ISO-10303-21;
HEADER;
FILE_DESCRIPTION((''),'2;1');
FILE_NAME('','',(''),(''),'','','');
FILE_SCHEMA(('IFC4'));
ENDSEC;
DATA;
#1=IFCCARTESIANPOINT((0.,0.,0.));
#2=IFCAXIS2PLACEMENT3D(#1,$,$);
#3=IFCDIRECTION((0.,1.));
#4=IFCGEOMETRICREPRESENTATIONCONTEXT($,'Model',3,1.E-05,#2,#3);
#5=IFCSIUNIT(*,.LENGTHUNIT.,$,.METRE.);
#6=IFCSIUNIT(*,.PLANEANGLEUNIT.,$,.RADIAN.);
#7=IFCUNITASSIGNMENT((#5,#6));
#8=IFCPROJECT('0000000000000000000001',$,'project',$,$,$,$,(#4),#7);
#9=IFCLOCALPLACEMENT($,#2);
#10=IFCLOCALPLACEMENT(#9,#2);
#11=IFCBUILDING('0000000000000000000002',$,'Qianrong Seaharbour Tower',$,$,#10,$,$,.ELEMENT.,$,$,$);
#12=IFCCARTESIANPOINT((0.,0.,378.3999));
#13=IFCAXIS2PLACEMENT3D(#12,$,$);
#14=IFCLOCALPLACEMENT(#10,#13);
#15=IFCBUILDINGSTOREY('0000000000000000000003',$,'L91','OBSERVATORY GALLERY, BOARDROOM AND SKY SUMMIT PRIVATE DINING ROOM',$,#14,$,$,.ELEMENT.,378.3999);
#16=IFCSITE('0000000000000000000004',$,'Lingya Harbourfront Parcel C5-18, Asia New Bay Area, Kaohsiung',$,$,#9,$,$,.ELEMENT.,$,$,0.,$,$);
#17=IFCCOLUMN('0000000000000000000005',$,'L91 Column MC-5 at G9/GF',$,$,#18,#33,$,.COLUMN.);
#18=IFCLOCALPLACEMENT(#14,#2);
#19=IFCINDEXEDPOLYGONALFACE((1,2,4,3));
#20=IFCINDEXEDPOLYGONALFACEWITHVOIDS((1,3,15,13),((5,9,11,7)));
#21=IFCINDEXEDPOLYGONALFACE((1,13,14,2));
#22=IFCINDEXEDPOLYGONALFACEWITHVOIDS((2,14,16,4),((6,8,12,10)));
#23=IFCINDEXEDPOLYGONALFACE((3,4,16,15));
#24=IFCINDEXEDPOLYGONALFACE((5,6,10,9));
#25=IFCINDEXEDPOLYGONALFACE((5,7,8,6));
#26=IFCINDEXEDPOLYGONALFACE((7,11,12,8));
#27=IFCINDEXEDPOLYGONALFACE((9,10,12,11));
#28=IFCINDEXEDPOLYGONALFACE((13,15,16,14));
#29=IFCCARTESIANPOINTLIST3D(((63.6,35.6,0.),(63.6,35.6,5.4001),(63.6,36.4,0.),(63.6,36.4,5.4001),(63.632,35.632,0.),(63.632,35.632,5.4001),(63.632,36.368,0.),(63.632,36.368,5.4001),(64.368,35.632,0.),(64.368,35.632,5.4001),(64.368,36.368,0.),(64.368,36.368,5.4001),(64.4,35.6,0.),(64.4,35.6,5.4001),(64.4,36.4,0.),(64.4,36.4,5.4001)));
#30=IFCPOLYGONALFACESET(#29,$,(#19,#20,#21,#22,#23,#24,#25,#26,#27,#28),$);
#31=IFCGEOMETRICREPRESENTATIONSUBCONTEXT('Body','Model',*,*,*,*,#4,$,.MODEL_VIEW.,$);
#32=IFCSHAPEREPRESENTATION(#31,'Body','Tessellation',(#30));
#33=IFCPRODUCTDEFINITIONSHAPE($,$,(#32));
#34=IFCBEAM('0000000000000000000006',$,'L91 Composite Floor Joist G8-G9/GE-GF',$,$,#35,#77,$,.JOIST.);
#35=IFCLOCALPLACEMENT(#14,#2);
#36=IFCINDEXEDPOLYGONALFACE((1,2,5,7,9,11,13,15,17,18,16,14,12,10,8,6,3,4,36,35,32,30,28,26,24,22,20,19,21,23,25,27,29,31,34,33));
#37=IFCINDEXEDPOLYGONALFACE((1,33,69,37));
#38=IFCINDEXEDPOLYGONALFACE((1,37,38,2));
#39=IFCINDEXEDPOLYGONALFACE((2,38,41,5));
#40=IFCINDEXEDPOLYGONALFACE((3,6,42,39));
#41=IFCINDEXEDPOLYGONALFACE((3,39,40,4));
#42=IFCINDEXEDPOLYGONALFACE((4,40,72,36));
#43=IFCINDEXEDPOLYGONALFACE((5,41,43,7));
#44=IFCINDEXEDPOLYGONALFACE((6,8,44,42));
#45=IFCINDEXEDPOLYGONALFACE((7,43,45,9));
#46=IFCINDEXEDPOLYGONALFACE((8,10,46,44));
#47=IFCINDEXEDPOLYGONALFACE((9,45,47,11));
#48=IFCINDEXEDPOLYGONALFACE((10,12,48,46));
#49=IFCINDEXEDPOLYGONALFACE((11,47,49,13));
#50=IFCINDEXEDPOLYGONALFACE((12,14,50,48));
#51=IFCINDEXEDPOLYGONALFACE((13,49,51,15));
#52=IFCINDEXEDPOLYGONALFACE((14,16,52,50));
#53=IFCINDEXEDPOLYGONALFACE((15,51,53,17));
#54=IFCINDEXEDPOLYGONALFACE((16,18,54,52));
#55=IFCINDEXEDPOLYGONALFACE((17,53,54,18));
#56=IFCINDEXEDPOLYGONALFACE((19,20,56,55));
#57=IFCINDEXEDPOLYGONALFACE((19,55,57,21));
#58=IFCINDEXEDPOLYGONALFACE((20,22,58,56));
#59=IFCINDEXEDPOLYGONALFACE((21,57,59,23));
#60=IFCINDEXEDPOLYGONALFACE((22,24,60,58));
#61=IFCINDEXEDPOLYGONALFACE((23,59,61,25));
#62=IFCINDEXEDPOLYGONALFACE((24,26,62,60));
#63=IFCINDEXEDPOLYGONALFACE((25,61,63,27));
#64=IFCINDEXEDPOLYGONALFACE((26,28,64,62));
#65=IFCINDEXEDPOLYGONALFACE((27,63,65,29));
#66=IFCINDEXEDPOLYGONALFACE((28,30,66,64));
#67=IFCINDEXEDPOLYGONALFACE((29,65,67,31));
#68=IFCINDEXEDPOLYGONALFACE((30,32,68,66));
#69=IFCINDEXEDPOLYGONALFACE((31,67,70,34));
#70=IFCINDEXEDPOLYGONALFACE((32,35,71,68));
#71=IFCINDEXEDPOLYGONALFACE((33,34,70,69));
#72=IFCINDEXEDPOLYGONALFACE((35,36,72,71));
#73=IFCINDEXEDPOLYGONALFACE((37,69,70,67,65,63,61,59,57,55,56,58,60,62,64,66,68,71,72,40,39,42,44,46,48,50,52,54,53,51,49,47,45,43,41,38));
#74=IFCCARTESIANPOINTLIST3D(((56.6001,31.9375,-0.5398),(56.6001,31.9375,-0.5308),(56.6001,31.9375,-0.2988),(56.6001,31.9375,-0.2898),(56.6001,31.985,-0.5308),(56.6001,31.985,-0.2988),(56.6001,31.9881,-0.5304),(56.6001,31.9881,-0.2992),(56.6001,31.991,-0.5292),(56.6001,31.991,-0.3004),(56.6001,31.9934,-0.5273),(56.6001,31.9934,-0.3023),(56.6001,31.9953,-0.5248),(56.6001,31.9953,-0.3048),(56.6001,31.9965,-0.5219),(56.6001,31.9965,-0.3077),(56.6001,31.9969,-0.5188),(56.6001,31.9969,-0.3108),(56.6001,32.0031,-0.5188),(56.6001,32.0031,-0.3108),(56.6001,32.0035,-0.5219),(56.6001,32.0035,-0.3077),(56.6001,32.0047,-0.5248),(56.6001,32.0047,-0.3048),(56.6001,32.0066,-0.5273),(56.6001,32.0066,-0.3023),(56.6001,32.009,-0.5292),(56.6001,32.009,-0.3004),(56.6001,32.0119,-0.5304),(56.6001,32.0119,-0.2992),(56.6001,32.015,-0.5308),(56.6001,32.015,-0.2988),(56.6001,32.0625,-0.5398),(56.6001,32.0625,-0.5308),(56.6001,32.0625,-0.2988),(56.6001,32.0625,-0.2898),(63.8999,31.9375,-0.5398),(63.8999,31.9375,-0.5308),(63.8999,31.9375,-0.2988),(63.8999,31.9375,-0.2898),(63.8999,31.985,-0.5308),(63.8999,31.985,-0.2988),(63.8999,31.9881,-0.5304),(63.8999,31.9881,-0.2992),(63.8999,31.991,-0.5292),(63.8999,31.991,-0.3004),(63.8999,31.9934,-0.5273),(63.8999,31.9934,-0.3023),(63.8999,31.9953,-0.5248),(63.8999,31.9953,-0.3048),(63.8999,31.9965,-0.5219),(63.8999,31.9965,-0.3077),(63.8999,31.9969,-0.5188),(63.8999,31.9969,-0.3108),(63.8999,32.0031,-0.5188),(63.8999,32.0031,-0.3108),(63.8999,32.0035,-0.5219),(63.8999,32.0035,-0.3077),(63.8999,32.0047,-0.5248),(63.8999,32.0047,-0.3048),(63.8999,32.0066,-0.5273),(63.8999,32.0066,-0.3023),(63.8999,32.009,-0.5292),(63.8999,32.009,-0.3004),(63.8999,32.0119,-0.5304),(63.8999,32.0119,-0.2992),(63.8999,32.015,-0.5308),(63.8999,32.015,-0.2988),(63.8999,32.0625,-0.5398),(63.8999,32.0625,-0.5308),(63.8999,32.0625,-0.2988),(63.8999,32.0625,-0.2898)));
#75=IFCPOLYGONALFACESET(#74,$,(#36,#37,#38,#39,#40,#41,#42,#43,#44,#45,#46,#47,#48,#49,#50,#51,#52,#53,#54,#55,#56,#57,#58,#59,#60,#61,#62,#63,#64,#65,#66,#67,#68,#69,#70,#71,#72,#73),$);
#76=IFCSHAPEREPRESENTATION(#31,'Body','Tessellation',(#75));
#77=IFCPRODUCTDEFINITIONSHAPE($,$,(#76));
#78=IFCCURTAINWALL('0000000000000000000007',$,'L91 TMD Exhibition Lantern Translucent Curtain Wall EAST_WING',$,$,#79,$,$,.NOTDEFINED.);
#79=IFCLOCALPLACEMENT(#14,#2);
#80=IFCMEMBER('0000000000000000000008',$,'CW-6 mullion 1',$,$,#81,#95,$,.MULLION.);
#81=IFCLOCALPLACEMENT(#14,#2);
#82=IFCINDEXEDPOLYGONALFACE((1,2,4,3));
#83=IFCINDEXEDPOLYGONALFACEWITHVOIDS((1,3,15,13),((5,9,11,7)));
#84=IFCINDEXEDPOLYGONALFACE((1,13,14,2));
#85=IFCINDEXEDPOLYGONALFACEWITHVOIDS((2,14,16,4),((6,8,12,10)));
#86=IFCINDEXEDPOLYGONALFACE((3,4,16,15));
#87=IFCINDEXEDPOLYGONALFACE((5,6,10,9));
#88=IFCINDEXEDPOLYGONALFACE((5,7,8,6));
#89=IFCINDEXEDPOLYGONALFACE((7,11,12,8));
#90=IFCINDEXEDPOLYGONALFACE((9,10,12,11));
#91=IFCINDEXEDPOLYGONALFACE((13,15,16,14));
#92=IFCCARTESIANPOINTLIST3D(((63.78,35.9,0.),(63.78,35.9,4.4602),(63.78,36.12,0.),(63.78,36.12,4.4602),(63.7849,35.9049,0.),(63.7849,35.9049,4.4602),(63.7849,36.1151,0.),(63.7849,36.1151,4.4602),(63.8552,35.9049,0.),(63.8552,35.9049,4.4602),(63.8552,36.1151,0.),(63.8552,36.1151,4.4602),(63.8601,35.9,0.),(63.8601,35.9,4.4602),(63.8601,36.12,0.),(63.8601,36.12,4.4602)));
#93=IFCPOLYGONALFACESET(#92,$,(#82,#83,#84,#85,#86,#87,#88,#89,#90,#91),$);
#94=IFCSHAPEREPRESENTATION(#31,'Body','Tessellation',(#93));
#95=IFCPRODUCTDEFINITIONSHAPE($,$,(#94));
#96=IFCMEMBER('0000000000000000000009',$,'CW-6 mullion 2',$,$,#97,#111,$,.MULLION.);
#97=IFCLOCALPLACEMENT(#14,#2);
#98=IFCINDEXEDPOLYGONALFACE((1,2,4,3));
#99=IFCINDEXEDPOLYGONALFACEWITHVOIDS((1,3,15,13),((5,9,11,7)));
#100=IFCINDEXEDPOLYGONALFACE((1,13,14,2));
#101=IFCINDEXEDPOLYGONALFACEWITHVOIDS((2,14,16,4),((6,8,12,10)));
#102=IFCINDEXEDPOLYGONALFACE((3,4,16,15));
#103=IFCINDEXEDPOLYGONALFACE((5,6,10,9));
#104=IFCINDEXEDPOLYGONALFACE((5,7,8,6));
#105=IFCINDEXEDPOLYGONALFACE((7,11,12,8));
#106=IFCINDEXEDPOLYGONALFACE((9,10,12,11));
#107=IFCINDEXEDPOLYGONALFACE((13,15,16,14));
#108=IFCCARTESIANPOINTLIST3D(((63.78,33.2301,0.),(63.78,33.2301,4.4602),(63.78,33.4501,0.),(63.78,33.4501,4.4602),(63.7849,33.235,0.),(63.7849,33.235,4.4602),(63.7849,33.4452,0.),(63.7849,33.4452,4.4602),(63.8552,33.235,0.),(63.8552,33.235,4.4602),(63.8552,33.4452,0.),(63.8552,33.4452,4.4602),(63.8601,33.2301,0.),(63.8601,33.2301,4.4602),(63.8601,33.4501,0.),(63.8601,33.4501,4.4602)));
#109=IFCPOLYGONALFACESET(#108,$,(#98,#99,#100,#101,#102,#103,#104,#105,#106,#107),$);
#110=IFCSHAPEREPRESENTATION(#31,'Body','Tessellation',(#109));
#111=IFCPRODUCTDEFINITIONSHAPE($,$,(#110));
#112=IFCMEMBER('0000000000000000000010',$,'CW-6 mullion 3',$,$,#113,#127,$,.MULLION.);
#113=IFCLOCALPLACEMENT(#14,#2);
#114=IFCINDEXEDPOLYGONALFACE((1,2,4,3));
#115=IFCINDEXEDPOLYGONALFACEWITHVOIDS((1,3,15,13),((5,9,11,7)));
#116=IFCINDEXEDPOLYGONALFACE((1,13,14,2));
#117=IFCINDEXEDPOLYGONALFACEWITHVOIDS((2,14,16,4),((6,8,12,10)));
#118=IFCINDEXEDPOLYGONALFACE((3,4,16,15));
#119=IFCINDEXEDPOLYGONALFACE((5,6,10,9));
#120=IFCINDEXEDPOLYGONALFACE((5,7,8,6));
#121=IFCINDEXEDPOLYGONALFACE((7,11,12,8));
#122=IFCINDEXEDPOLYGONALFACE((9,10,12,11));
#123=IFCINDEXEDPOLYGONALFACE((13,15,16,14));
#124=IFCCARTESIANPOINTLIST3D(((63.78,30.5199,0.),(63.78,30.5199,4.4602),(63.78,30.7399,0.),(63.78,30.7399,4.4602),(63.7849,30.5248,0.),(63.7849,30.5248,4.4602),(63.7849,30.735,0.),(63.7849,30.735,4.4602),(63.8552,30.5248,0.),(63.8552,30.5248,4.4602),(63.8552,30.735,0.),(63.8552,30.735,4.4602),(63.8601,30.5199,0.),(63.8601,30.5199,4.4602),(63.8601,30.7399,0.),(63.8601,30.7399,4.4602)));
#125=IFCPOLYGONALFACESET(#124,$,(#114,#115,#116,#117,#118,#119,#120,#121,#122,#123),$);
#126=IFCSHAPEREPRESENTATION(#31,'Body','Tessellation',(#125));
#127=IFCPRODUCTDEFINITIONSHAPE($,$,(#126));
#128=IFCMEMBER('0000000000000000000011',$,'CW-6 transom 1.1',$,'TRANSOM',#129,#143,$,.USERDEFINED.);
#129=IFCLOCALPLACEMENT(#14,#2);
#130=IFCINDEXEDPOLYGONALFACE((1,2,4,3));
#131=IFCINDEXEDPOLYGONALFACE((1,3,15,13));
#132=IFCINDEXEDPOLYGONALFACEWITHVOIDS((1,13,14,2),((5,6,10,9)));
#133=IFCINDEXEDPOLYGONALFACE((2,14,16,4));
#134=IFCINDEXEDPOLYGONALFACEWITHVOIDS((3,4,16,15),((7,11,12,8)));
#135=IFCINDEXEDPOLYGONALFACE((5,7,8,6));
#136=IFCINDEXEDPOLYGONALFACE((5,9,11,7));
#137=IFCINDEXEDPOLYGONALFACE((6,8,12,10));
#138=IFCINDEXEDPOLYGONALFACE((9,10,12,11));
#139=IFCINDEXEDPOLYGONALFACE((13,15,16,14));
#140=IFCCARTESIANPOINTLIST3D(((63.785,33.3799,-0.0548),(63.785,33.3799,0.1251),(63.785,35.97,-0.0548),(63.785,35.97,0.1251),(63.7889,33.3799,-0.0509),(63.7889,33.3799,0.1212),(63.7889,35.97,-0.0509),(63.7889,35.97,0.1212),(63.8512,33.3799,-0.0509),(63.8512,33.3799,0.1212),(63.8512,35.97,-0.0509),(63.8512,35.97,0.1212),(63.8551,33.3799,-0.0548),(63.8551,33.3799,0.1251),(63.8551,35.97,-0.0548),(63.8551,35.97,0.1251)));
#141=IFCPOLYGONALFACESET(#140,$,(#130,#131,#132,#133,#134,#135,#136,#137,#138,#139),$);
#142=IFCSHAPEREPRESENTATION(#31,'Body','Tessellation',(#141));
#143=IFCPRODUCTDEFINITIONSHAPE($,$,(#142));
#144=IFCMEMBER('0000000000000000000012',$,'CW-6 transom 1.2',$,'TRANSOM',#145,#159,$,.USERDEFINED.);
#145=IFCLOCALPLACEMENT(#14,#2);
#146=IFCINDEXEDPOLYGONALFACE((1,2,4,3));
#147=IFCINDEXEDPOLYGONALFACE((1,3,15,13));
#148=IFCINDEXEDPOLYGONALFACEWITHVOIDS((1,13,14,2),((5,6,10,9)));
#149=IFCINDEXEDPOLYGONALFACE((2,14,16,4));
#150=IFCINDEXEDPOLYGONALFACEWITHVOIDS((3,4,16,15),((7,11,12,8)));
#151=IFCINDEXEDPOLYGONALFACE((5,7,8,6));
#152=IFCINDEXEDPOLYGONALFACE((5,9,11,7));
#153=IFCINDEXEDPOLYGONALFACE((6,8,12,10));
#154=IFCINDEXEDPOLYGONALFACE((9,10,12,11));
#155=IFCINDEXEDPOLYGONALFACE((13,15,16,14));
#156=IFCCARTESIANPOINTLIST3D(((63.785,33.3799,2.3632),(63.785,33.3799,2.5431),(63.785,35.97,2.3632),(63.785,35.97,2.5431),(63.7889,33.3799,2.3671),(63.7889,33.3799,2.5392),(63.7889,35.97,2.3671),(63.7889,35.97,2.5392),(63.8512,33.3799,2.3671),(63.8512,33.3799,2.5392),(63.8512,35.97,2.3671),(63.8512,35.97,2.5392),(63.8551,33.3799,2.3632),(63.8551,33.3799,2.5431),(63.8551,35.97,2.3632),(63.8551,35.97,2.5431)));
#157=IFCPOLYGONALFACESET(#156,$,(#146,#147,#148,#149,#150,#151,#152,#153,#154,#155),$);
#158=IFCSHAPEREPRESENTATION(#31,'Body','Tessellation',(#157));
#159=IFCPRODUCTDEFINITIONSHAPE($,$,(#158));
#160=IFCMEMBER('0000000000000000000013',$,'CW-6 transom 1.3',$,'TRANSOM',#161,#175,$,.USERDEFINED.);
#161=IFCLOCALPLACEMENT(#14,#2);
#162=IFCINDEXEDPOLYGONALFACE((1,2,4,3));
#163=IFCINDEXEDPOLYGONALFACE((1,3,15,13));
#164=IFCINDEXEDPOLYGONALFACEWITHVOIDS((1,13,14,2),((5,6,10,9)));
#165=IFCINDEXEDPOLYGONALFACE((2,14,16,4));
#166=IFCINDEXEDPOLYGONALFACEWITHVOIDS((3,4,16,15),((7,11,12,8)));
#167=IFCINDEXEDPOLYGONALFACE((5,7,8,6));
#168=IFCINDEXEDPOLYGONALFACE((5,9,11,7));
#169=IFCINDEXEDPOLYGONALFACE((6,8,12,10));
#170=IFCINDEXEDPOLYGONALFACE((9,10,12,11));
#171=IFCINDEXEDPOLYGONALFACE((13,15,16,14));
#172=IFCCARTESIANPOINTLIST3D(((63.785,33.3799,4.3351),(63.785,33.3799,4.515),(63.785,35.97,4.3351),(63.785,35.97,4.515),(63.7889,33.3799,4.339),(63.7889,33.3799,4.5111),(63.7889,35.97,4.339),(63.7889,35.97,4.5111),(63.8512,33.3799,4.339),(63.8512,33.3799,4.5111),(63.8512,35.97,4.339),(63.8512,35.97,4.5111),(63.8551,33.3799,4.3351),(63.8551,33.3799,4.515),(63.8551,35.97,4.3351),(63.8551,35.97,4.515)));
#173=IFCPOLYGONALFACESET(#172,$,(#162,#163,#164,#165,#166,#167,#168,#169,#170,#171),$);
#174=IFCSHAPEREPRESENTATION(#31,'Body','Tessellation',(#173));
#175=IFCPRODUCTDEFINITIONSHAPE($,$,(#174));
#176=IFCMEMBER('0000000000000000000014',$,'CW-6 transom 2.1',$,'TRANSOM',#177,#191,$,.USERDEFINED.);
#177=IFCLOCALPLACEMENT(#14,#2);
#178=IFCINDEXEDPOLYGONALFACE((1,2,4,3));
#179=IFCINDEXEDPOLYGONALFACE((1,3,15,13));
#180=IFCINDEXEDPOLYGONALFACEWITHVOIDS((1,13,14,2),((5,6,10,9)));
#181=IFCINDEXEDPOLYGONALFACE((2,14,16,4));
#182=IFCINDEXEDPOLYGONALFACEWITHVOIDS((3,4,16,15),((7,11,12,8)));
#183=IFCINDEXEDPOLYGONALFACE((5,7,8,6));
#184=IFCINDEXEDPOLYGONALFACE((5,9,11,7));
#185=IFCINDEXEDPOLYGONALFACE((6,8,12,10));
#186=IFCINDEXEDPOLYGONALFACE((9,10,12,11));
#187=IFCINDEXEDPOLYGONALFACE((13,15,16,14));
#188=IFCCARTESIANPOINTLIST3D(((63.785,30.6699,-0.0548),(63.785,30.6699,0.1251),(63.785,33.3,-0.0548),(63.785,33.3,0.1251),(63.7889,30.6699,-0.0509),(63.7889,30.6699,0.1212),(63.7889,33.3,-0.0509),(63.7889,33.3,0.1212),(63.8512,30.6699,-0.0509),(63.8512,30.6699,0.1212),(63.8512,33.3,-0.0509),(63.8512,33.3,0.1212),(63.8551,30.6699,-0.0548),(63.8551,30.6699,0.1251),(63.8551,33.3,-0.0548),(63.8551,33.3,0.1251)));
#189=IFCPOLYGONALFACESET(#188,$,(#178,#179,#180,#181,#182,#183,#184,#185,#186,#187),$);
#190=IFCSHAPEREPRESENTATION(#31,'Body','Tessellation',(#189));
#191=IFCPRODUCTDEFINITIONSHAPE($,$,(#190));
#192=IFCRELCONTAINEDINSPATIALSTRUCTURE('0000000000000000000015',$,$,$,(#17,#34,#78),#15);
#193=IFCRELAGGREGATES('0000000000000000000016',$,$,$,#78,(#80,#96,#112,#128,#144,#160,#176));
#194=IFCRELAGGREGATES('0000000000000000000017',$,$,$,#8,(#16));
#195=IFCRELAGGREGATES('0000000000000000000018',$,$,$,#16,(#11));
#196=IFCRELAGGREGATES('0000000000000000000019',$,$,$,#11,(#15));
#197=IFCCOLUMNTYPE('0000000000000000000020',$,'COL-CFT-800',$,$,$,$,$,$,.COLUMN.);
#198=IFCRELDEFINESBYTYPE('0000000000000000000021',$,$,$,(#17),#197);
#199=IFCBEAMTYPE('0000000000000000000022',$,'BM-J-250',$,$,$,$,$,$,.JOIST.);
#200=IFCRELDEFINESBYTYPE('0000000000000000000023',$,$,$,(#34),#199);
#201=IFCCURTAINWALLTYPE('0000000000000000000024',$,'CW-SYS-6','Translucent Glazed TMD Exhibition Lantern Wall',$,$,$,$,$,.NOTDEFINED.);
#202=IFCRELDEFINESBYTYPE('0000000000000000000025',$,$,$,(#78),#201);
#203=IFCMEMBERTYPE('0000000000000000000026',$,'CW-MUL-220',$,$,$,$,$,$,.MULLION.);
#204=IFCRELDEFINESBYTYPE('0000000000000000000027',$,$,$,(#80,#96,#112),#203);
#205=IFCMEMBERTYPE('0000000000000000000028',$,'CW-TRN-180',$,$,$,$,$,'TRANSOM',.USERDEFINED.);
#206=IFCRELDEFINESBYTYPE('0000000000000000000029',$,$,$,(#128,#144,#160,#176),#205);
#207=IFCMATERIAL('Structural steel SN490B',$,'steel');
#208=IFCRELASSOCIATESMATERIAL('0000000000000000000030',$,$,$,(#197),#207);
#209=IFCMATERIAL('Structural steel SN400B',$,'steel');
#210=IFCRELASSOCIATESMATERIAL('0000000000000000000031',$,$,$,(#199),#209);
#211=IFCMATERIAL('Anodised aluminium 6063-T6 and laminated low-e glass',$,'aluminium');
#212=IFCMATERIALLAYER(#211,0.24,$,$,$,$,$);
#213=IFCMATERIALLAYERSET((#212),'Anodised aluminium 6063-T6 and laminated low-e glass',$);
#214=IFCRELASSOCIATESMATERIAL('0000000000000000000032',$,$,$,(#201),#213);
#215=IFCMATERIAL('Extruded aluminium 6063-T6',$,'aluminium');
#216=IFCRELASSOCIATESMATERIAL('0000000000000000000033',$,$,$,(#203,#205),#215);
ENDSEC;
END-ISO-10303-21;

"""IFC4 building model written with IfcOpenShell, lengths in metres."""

from ifc_helpers import new_model, si_unit, direction, frame, origin, origin_2d, place, context, subcontext, project, spatial, hollow_rectangle, i_section, extrude, material, layer, layer_set, material_profile, profile_set, type_object, element, aggregate, save


model = new_model("IFC4")

# Units and contexts
model_context = context("Model", 3, precision=1e-05, world=origin(), true_north=direction((0.0, 1.0)))
body_context = subcontext(model_context, "Body", "Model", "MODEL_VIEW")
ifc_project = project(units=[si_unit("LENGTHUNIT", "METRE"), si_unit("PLANEANGLEUNIT", "RADIAN")], contexts=[model_context])

# Site, building, storey
site_placement = place(None, origin())
site = spatial("IfcSite", under=ifc_project, at=site_placement, Name="Lingya Harbourfront Parcel C5-18, Asia New Bay Area, Kaohsiung", CompositionType="ELEMENT", RefElevation=0.0)
building_placement = place(site_placement, origin())
building = spatial("IfcBuilding", under=site, at=building_placement, Name="Qianrong Seaharbour Tower", CompositionType="ELEMENT")
storey_placement = place(building_placement, frame((0.0, 0.0, 378.3999)))
storey = spatial("IfcBuildingStorey", under=building, at=storey_placement, Name="L91", Description="OBSERVATORY GALLERY, BOARDROOM AND SKY SUMMIT PRIVATE DINING ROOM", CompositionType="ELEMENT", Elevation=378.3999)

# Column
ifc_material_1 = material(Name="Structural steel SN490B", Category="steel")
ifc_material_profile_1 = material_profile(ifc_material_1, hollow_rectangle(XDim=0.8, YDim=0.8, WallThickness=0.032, at=origin_2d()), Name="BOX800x800x32")
ifc_profile_set_1 = profile_set([ifc_material_profile_1], Name="Structural steel SN490B")
column_type = type_object("IfcColumnType", Name="COL-CFT-800", PredefinedType="COLUMN", material=ifc_profile_set_1)
column_placement = place(storey_placement, frame((64.0, 36.0, 0.0), z_axis=(0.0, 0.0, 1.0), x_axis=(1.0, 0.0, 0.0)))
element("IfcColumn", 1, at=column_placement, inside=storey, type_object=column_type, Name="L91 Column MC-5 at G9/GF", PredefinedType="COLUMN", context=body_context, shape_type="SweptSolid", body=[
    extrude(hollow_rectangle(XDim=0.8, YDim=0.8, WallThickness=0.032, at=origin_2d()), origin(), (0.0, 0.0, 1.0), 5.4001),
])

# Beam
ifc_material_2 = material(Name="Structural steel SN400B", Category="steel")
ifc_material_profile_2 = material_profile(ifc_material_2, i_section(OverallWidth=0.125, OverallDepth=0.25, WebThickness=0.0061, FlangeThickness=0.009, FilletRadius=0.012, at=origin_2d()), Name="H250x125x6x9")
ifc_profile_set_2 = profile_set([ifc_material_profile_2], Name="Structural steel SN400B")
beam_type = type_object("IfcBeamType", Name="BM-J-250", PredefinedType="JOIST", material=ifc_profile_set_2)
beam_placement = place(storey_placement, frame((56.6001, 32.0, -0.4148), z_axis=(1.0, 0.0, 0.0), x_axis=(0.0, 1.0, 0.0)))
element("IfcBeam", 2, at=beam_placement, inside=storey, type_object=beam_type, Name="L91 Composite Floor Joist G8-G9/GE-GF", PredefinedType="JOIST", context=body_context, shape_type="SweptSolid", body=[
    extrude(i_section(OverallWidth=0.125, OverallDepth=0.25, WebThickness=0.0061, FlangeThickness=0.009, FilletRadius=0.012, at=origin_2d()), origin(), (0.0, 0.0, 1.0), 7.2998),
])

# Curtain wall, members
ifc_material_3 = material(Name="Anodised aluminium 6063-T6 and laminated low-e glass", Category="aluminium")
ifc_layer_1 = layer(ifc_material_3, 0.24)
ifc_layer_set_1 = layer_set([ifc_layer_1], Name="Anodised aluminium 6063-T6 and laminated low-e glass")
curtain_wall_type = type_object("IfcCurtainWallType", Name="CW-SYS-6", Description="Translucent Glazed TMD Exhibition Lantern Wall", PredefinedType="NOTDEFINED", material=ifc_layer_set_1)
curtain_wall_placement = place(storey_placement, origin())
curtain_wall = element("IfcCurtainWall", 3, at=curtain_wall_placement, inside=storey, type_object=curtain_wall_type, Name="L91 TMD Exhibition Lantern Translucent Curtain Wall EAST_WING", PredefinedType="NOTDEFINED")
ifc_material_4 = material(Name="Extruded aluminium 6063-T6", Category="aluminium")
ifc_material_profile_3 = material_profile(ifc_material_4, hollow_rectangle(XDim=0.0801, YDim=0.22, WallThickness=0.0049, at=origin_2d()), Name="ALU-MUL-220x80x5")
ifc_profile_set_3 = profile_set([ifc_material_profile_3], Name="Extruded aluminium 6063-T6")
member_type_1 = type_object("IfcMemberType", Name="CW-MUL-220", PredefinedType="MULLION", material=ifc_profile_set_3)
member_1_placement = place(storey_placement, frame((63.8201, 36.01, 0.0), z_axis=(0.0, 0.0, 1.0), x_axis=(1.0, 0.0, 0.0)))
member_1 = element("IfcMember", 4, at=member_1_placement, type_object=member_type_1, Name="CW-6 mullion 1", PredefinedType="MULLION", context=body_context, shape_type="SweptSolid", body=[
    extrude(hollow_rectangle(XDim=0.0801, YDim=0.22, WallThickness=0.0049, at=origin_2d()), origin(), (0.0, 0.0, 1.0), 4.4602),
])
member_2_placement = place(storey_placement, frame((63.8201, 33.3401, 0.0), z_axis=(0.0, 0.0, 1.0), x_axis=(1.0, 0.0, 0.0)))
member_2 = element("IfcMember", 5, at=member_2_placement, type_object=member_type_1, Name="CW-6 mullion 2", PredefinedType="MULLION", context=body_context, shape_type="SweptSolid", body=[
    extrude(hollow_rectangle(XDim=0.0801, YDim=0.22, WallThickness=0.0049, at=origin_2d()), origin(), (0.0, 0.0, 1.0), 4.4602),
])
member_3_placement = place(storey_placement, frame((63.8201, 30.6299, 0.0), z_axis=(0.0, 0.0, 1.0), x_axis=(1.0, 0.0, 0.0)))
member_3 = element("IfcMember", 6, at=member_3_placement, type_object=member_type_1, Name="CW-6 mullion 3", PredefinedType="MULLION", context=body_context, shape_type="SweptSolid", body=[
    extrude(hollow_rectangle(XDim=0.0801, YDim=0.22, WallThickness=0.0049, at=origin_2d()), origin(), (0.0, 0.0, 1.0), 4.4602),
])
ifc_material_profile_4 = material_profile(ifc_material_4, hollow_rectangle(XDim=0.0701, YDim=0.1799, WallThickness=0.0039, at=origin_2d()), Name="ALU-TRN-180x70x4")
ifc_profile_set_4 = profile_set([ifc_material_profile_4], Name="Extruded aluminium 6063-T6")
member_type_2 = type_object("IfcMemberType", Name="CW-TRN-180", ElementType="TRANSOM", PredefinedType="USERDEFINED", material=ifc_profile_set_4)
member_4_placement = place(storey_placement, frame((63.8201, 35.97, 0.0352), z_axis=(0.0, -1.0, 0.0), x_axis=(1.0, 0.0, 0.0)))
member_4 = element("IfcMember", 7, at=member_4_placement, type_object=member_type_2, Name="CW-6 transom 1.1", ObjectType="TRANSOM", PredefinedType="USERDEFINED", context=body_context, shape_type="SweptSolid", body=[
    extrude(hollow_rectangle(XDim=0.0701, YDim=0.1799, WallThickness=0.0039, at=origin_2d()), origin(), (0.0, 0.0, 1.0), 2.5901),
])
member_5_placement = place(storey_placement, frame((63.8201, 35.97, 2.4531), z_axis=(0.0, -1.0, 0.0), x_axis=(1.0, 0.0, 0.0)))
member_5 = element("IfcMember", 8, at=member_5_placement, type_object=member_type_2, Name="CW-6 transom 1.2", ObjectType="TRANSOM", PredefinedType="USERDEFINED", context=body_context, shape_type="SweptSolid", body=[
    extrude(hollow_rectangle(XDim=0.0701, YDim=0.1799, WallThickness=0.0039, at=origin_2d()), origin(), (0.0, 0.0, 1.0), 2.5901),
])
member_6_placement = place(storey_placement, frame((63.8201, 35.97, 4.425), z_axis=(0.0, -1.0, 0.0), x_axis=(1.0, 0.0, 0.0)))
member_6 = element("IfcMember", 9, at=member_6_placement, type_object=member_type_2, Name="CW-6 transom 1.3", ObjectType="TRANSOM", PredefinedType="USERDEFINED", context=body_context, shape_type="SweptSolid", body=[
    extrude(hollow_rectangle(XDim=0.0701, YDim=0.1799, WallThickness=0.0039, at=origin_2d()), origin(), (0.0, 0.0, 1.0), 2.5901),
])
member_7_placement = place(storey_placement, frame((63.8201, 33.3, 0.0352), z_axis=(0.0, -1.0, 0.0), x_axis=(1.0, 0.0, 0.0)))
member_7 = element("IfcMember", 10, at=member_7_placement, type_object=member_type_2, Name="CW-6 transom 2.1", ObjectType="TRANSOM", PredefinedType="USERDEFINED", context=body_context, shape_type="SweptSolid", body=[
    extrude(hollow_rectangle(XDim=0.0701, YDim=0.1799, WallThickness=0.0039, at=origin_2d()), origin(), (0.0, 0.0, 1.0), 2.6301),
])
aggregate(curtain_wall, [member_1, member_2, member_3, member_4, member_5, member_6, member_7])

save(model, "model.ifc")
